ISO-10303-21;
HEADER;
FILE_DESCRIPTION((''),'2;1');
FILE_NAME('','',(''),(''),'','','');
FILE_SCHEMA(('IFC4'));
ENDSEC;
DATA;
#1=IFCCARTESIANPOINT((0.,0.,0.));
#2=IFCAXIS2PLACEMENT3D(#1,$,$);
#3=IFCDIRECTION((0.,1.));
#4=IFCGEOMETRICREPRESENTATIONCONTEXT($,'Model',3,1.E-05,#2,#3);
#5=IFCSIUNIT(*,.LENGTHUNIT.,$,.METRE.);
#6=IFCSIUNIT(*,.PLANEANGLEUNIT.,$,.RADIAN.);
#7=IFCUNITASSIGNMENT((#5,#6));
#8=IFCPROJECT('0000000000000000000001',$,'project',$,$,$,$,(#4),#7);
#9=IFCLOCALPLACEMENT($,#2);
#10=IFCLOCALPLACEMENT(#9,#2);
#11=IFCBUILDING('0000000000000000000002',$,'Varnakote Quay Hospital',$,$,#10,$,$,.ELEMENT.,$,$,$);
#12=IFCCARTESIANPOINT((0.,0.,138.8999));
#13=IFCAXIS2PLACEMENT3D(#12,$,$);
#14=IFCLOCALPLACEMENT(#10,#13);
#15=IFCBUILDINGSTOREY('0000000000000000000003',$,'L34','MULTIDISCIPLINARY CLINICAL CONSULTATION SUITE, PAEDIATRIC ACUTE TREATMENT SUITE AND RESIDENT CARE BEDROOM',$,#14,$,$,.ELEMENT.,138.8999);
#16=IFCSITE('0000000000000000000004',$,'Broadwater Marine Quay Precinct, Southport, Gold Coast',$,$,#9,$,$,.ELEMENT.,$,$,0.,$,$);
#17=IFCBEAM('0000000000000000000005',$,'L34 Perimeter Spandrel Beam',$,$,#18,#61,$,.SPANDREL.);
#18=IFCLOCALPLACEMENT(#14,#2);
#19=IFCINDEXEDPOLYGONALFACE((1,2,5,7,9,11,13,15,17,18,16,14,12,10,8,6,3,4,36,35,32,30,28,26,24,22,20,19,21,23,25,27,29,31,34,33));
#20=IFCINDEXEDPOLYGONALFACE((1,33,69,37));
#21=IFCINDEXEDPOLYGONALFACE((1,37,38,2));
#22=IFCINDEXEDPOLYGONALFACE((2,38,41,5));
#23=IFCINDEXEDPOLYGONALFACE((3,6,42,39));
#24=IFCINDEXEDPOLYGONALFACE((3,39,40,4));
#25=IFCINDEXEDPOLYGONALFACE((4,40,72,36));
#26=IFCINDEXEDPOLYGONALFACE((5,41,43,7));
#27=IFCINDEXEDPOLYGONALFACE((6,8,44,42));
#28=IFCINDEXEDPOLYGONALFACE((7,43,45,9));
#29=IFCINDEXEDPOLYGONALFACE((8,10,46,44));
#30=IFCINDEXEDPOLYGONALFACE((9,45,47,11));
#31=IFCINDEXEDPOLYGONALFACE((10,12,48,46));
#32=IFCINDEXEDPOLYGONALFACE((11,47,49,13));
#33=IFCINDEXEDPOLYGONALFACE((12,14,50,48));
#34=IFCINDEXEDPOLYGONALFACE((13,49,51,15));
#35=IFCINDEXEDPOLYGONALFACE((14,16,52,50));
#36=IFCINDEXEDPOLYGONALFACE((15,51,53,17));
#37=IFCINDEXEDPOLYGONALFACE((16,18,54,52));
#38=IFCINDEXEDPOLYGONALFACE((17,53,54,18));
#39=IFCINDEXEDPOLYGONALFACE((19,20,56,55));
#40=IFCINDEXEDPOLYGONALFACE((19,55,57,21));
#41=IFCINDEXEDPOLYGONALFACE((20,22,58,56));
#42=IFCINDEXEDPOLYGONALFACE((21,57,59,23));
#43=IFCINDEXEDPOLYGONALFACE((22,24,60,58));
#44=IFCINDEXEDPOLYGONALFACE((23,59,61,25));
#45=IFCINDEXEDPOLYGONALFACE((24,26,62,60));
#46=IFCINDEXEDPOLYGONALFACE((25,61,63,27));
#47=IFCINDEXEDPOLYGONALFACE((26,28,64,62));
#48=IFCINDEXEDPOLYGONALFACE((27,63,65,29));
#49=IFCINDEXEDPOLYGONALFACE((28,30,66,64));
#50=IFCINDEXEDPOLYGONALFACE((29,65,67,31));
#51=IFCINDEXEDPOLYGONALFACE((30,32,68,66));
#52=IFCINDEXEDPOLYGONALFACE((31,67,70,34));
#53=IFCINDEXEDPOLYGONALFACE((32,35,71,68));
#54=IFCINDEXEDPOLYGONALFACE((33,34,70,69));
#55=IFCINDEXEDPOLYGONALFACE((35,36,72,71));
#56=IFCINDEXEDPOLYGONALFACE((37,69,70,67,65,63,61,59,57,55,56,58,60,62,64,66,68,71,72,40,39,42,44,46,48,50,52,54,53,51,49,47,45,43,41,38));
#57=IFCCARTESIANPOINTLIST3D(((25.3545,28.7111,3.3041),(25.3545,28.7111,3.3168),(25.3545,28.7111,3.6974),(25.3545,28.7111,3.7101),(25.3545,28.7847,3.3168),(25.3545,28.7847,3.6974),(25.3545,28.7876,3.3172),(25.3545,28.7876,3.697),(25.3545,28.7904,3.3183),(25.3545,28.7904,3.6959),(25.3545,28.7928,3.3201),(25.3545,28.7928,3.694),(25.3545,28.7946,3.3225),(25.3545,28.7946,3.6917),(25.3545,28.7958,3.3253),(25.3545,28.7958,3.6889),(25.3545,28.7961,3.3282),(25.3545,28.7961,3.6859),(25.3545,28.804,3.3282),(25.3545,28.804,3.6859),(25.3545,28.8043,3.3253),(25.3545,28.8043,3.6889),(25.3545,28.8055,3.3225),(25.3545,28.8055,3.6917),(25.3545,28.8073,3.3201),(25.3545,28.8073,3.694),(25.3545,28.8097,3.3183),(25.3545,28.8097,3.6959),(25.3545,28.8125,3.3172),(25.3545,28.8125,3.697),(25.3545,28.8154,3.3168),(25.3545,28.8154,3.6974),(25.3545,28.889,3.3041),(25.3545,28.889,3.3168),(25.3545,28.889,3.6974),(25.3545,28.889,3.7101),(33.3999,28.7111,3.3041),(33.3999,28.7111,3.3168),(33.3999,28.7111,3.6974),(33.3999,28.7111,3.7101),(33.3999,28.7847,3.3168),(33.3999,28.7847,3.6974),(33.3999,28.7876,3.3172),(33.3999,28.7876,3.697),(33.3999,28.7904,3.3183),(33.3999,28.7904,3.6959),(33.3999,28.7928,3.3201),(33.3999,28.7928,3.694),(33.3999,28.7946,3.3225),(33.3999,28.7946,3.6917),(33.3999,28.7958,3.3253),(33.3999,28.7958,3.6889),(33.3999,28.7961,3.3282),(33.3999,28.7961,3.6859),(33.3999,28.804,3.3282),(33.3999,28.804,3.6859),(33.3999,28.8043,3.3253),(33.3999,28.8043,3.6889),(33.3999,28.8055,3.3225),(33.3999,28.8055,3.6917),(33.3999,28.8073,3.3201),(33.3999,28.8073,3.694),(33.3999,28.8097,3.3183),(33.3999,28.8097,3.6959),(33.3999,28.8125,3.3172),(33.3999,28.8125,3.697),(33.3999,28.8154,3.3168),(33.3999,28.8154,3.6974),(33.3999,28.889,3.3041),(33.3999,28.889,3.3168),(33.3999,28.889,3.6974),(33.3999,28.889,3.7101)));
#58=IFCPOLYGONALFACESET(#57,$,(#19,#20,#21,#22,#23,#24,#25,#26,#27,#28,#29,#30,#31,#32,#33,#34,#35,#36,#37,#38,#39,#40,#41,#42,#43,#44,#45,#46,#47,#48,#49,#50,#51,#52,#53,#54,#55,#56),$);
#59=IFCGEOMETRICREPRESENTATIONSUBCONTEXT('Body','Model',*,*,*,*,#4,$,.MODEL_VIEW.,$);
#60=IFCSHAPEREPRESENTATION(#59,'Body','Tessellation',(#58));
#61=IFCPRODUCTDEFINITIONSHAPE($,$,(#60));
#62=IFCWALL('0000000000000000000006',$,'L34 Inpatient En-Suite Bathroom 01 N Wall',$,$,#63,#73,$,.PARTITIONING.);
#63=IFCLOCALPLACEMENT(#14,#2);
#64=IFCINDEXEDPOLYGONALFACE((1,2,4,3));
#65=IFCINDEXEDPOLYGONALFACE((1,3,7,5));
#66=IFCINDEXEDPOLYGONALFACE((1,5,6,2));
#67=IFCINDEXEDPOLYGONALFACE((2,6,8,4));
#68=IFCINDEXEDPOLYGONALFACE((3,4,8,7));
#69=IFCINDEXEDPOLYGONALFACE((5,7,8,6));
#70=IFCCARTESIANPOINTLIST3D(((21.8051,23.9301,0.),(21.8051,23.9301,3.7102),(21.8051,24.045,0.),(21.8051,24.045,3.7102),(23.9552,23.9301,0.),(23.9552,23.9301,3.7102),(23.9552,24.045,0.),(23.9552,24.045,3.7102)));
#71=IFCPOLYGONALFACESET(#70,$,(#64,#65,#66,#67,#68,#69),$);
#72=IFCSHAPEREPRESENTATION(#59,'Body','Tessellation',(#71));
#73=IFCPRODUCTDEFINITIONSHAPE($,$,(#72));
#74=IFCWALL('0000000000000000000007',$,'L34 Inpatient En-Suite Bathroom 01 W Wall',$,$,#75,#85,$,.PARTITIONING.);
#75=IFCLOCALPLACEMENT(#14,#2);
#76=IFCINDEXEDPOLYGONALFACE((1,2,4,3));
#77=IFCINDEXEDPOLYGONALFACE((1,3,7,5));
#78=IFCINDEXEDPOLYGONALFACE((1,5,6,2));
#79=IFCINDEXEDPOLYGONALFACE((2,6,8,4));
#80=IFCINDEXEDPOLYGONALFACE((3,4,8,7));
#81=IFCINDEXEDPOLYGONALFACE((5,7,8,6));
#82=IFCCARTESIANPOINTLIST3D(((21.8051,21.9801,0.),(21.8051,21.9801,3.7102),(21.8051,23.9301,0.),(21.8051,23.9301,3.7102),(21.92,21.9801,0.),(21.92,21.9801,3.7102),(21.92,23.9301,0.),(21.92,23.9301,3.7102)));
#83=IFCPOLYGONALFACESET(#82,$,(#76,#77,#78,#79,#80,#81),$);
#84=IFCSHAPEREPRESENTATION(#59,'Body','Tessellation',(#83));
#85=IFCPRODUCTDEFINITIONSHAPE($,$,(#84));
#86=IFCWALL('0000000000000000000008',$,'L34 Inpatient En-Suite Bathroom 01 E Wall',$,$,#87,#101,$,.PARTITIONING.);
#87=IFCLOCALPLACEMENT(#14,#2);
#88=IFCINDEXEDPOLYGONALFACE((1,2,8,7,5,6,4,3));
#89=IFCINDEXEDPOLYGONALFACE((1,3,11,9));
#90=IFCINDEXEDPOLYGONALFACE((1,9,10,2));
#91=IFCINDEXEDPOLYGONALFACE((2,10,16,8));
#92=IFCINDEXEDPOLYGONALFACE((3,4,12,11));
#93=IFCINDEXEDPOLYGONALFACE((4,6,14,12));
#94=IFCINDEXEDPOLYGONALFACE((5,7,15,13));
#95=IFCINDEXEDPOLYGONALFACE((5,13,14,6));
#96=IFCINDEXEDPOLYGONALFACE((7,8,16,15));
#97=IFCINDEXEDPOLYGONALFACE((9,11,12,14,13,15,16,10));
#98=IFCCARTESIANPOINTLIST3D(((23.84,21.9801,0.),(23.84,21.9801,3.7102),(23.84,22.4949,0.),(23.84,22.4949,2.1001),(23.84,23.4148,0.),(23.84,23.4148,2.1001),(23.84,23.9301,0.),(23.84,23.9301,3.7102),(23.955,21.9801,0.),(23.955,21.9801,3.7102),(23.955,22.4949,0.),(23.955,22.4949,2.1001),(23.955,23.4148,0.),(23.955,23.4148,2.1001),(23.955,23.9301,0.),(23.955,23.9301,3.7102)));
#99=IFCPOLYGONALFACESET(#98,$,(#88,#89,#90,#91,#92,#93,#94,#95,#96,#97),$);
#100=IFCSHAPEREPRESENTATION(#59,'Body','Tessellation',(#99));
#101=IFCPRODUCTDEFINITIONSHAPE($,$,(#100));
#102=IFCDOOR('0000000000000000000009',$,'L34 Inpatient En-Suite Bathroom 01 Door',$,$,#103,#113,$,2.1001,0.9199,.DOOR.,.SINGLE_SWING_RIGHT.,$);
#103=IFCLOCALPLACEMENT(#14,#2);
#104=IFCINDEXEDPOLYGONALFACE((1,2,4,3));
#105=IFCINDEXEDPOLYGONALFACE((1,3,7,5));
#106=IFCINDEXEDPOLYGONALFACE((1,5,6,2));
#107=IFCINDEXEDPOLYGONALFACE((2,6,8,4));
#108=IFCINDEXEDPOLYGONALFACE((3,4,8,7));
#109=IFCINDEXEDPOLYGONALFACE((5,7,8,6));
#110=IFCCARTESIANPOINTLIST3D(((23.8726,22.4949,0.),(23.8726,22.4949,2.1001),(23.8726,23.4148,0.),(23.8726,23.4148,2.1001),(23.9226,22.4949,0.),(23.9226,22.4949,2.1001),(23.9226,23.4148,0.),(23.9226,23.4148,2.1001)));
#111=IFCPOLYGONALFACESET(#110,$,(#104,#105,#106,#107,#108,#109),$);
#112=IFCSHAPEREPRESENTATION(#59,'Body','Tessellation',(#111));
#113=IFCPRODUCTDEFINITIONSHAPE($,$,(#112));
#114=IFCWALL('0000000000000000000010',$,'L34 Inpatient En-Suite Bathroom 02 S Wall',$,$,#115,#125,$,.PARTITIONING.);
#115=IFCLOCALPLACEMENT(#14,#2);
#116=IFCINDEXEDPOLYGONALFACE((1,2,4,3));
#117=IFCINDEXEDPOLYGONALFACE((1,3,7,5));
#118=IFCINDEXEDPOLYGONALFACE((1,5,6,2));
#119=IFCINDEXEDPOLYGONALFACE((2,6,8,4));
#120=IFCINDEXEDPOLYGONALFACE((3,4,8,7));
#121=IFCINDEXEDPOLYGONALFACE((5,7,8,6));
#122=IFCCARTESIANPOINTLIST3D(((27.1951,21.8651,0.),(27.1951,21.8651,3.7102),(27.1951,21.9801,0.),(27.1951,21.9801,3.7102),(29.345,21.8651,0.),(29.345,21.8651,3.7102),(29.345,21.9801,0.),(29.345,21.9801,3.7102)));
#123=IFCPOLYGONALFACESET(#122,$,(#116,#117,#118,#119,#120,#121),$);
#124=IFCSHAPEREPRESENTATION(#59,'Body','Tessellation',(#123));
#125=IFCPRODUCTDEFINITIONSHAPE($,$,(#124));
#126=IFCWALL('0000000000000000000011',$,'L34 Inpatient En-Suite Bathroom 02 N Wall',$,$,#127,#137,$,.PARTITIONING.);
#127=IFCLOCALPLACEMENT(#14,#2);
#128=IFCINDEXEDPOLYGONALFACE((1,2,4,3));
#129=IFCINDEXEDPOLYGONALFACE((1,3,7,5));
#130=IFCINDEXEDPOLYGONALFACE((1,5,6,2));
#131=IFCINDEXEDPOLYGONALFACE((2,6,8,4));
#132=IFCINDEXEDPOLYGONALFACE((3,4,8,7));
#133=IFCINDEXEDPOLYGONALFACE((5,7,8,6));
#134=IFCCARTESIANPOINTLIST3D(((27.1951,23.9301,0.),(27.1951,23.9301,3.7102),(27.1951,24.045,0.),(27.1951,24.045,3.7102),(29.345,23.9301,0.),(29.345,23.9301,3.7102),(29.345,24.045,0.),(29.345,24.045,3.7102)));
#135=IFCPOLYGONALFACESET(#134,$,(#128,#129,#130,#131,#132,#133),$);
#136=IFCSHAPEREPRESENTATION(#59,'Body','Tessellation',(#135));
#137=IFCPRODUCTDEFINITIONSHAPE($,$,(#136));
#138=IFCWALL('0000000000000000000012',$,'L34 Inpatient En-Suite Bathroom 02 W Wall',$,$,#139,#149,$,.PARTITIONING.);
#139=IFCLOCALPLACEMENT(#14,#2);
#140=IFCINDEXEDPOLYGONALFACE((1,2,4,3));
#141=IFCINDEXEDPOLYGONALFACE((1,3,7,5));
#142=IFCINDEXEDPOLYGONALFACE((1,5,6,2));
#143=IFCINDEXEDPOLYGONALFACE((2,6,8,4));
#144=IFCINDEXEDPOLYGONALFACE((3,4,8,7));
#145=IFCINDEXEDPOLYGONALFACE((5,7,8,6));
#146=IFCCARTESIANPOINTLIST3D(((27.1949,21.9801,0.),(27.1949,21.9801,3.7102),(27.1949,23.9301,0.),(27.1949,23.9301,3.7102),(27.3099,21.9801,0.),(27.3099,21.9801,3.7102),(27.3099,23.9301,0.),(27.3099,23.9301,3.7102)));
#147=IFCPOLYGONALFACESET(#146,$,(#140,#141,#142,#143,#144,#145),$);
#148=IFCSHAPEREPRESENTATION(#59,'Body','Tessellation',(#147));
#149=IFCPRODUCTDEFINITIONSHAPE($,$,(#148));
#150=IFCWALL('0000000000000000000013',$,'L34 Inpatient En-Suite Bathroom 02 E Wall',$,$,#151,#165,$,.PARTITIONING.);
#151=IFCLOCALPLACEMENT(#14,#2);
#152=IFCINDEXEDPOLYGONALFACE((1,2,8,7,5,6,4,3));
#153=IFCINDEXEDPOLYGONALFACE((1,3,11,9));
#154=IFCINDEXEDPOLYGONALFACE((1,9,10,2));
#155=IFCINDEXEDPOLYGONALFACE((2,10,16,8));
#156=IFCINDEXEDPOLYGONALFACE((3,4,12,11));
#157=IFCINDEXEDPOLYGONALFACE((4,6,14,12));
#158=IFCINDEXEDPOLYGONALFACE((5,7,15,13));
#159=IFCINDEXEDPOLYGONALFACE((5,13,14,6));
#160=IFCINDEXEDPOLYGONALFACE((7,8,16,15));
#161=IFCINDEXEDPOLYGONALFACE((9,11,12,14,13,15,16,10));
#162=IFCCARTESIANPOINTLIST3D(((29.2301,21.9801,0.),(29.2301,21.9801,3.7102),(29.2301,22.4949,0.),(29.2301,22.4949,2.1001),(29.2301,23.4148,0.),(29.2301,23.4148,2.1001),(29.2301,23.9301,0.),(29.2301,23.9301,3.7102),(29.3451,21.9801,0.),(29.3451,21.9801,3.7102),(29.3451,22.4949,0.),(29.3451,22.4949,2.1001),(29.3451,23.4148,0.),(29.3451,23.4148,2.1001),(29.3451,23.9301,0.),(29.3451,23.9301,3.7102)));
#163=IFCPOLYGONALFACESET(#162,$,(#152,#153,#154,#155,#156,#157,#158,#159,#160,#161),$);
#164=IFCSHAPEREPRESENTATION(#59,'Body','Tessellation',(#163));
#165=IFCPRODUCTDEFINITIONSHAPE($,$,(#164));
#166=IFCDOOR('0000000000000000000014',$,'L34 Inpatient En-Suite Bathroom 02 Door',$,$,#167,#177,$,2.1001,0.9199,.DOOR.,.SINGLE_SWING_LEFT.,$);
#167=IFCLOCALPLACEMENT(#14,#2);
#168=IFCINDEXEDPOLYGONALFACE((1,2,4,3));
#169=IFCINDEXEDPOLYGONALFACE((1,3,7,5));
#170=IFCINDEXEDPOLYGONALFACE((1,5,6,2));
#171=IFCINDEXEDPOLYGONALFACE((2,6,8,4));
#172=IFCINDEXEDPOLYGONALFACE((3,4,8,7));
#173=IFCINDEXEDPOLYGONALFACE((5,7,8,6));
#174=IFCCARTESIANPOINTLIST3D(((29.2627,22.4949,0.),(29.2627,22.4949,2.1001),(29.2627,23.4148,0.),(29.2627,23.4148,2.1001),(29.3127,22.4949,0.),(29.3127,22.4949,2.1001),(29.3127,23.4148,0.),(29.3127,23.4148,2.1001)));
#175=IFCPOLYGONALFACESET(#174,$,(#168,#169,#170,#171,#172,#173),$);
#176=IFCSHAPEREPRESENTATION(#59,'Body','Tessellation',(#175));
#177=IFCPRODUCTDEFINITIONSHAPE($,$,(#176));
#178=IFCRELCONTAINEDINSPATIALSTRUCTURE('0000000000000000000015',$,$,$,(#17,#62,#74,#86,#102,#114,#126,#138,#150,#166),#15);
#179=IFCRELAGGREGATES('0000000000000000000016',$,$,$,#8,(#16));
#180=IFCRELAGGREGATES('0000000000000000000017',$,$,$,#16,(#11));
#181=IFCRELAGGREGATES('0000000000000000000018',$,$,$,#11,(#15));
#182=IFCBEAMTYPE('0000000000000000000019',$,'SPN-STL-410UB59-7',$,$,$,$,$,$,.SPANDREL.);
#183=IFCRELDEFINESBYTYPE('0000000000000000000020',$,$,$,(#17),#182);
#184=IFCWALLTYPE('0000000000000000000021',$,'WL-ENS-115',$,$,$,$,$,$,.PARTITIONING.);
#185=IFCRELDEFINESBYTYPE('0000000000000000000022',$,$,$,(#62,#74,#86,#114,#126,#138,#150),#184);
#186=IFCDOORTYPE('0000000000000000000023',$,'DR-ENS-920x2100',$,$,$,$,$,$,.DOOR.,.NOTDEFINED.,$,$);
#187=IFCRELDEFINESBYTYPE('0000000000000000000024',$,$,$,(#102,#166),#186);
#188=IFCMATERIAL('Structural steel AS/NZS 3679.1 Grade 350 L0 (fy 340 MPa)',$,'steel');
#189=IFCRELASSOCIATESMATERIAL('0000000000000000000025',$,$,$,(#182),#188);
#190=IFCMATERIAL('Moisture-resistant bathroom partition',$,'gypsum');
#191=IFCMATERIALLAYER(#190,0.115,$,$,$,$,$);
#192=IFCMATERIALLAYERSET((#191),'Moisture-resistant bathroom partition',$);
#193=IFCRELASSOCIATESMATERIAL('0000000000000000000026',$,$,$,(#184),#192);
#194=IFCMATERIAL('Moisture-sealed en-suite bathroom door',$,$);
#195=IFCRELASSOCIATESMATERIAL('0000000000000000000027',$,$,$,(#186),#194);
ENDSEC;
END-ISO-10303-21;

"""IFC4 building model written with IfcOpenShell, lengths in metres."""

from ifc_helpers import new_model, si_unit, direction, frame, frame_2d, origin, origin_2d, place, context, subcontext, project, spatial, rectangle, i_section, extrude, material, layer, layer_set, material_profile, profile_set, type_object, element, fill, save


model = new_model("IFC4")

# Units and contexts
model_context = context("Model", 3, precision=1e-05, world=origin(), true_north=direction((0.0, 1.0)))
body_context = subcontext(model_context, "Body", "Model", "MODEL_VIEW")
ifc_project = project(units=[si_unit("LENGTHUNIT", "METRE"), si_unit("PLANEANGLEUNIT", "RADIAN")], contexts=[model_context])

# Site, building, storey
site_placement = place(None, origin())
site = spatial("IfcSite", under=ifc_project, at=site_placement, Name="Broadwater Marine Quay Precinct, Southport, Gold Coast", CompositionType="ELEMENT", RefElevation=0.0)
building_placement = place(site_placement, origin())
building = spatial("IfcBuilding", under=site, at=building_placement, Name="Varnakote Quay Hospital", CompositionType="ELEMENT")
storey_placement = place(building_placement, frame((0.0, 0.0, 138.8999)))
storey = spatial("IfcBuildingStorey", under=building, at=storey_placement, Name="L34", Description="MULTIDISCIPLINARY CLINICAL CONSULTATION SUITE, PAEDIATRIC ACUTE TREATMENT SUITE AND RESIDENT CARE BEDROOM", CompositionType="ELEMENT", Elevation=138.8999)

# Beam
ifc_material_1 = material(Name="Structural steel AS/NZS 3679.1 Grade 350 L0 (fy 340 MPa)", Category="steel")
ifc_material_profile_1 = material_profile(ifc_material_1, i_section(OverallWidth=0.178, OverallDepth=0.406, WebThickness=0.0078, FlangeThickness=0.0127, FilletRadius=0.0115, at=origin_2d()), Name="410UB59.7")
ifc_profile_set_1 = profile_set([ifc_material_profile_1], Name="Structural steel AS/NZS 3679.1 Grade 350 L0 (fy 340 MPa)")
beam_type_1 = type_object("IfcBeamType", Name="SPN-STL-410UB59-7", PredefinedType="SPANDREL", material=ifc_profile_set_1)
beam_1_placement = place(storey_placement, frame((25.3545, 28.8, 3.5071), z_axis=(1.0, 0.0, 0.0), x_axis=(0.0, 1.0, 0.0)))
element("IfcBeam", 1, at=beam_1_placement, inside=storey, type_object=beam_type_1, Name="L34 Perimeter Spandrel Beam", PredefinedType="SPANDREL", context=body_context, shape_type="SweptSolid", body=[
    extrude(i_section(OverallWidth=0.178, OverallDepth=0.406, WebThickness=0.0078, FlangeThickness=0.0127, FilletRadius=0.0115, at=origin_2d()), origin(), (0.0, 0.0, 1.0), 8.0454),
])

# Walls
ifc_material_2 = material(Name="Moisture-resistant bathroom partition", Category="gypsum")
ifc_layer_1 = layer(ifc_material_2, 0.115)
ifc_layer_set_1 = layer_set([ifc_layer_1], Name="Moisture-resistant bathroom partition")
wall_type_1 = type_object("IfcWallType", Name="WL-ENS-115", PredefinedType="PARTITIONING", material=ifc_layer_set_1)
wall_1_placement = place(storey_placement, frame((21.8049, 23.9875, 0.0), z_axis=(0.0, 0.0, 1.0), x_axis=(1.0, 0.0, 0.0)))
element("IfcWall", 2, at=wall_1_placement, inside=storey, type_object=wall_type_1, Name="L34 Inpatient En-Suite Bathroom 01 N Wall", PredefinedType="PARTITIONING", context=body_context, shape_type="SweptSolid", body=[
    extrude(rectangle(XDim=2.1501, YDim=0.115, at=frame_2d((1.0752, 0.0))), origin(), (0.0, 0.0, 1.0), 3.7102),
])
wall_2_placement = place(storey_placement, frame((21.8625, 21.98, 0.0), z_axis=(0.0, 0.0, 1.0), x_axis=(0.0, 1.0, 0.0)))
element("IfcWall", 3, at=wall_2_placement, inside=storey, type_object=wall_type_1, Name="L34 Inpatient En-Suite Bathroom 01 W Wall", PredefinedType="PARTITIONING", context=body_context, shape_type="SweptSolid", body=[
    extrude(rectangle(XDim=1.95, YDim=0.115, at=frame_2d((0.9751, 0.0))), origin(), (0.0, 0.0, 1.0), 3.7102),
])

# Wall, opening, door
wall_3_placement = place(storey_placement, frame((23.8975, 21.98, 0.0), z_axis=(0.0, 0.0, 1.0), x_axis=(0.0, 1.0, 0.0)))
wall_3 = element("IfcWall", 4, at=wall_3_placement, inside=storey, type_object=wall_type_1, Name="L34 Inpatient En-Suite Bathroom 01 E Wall", PredefinedType="PARTITIONING", context=body_context, shape_type="SweptSolid", body=[
    extrude(rectangle(XDim=1.95, YDim=0.115, at=frame_2d((0.9751, 0.0))), origin(), (0.0, 0.0, 1.0), 3.7102),
])
opening_1_placement = place(wall_3_placement, frame((0.5149, 0.0, 0.0)))
opening_1 = element("IfcOpeningElement", 5, at=opening_1_placement, cuts=wall_3, PredefinedType="OPENING", context=body_context, shape_type="SweptSolid", body=[
    extrude(rectangle(XDim=0.9199, YDim=2.1001, at=frame_2d((0.46, 1.05))), frame((0.0, 0.0674, 0.0), z_axis=(0.0, -1.0, 0.0), x_axis=(1.0, 0.0, 0.0)), (0.0, 0.0, 1.0), 0.135),
])
ifc_material_3 = material(Name="Moisture-sealed en-suite bathroom door")
door_type_1 = type_object("IfcDoorType", Name="DR-ENS-920x2100", OperationType="NOTDEFINED", PredefinedType="DOOR", material=ifc_material_3)
door_1_placement = place(opening_1_placement, origin())
door_1 = element("IfcDoor", 6, at=door_1_placement, inside=storey, type_object=door_type_1, Name="L34 Inpatient En-Suite Bathroom 01 Door", OperationType="SINGLE_SWING_RIGHT", OverallHeight=2.1001, OverallWidth=0.9199, PredefinedType="DOOR", context=body_context, shape_type="SweptSolid", body=[
    extrude(rectangle(XDim=0.9199, YDim=2.1001, at=frame_2d((0.46, 1.05))), frame((0.0, 0.0249, 0.0), z_axis=(0.0, -1.0, 0.0), x_axis=(1.0, 0.0, 0.0)), (0.0, 0.0, 1.0), 0.05),
])
fill(opening_1, door_1)

# Walls
for number, where, z_axis, x_axis, name in (
    (7, (27.1951, 21.9226, 0.0), (0.0, 0.0, 1.0), (1.0, 0.0, 0.0), "L34 Inpatient En-Suite Bathroom 02 S Wall"),
    (8, (27.1951, 23.9875, 0.0), (0.0, 0.0, 1.0), (1.0, 0.0, 0.0), "L34 Inpatient En-Suite Bathroom 02 N Wall"),
):
    element("IfcWall", number, at=place(storey_placement, frame(where, z_axis=z_axis, x_axis=x_axis)), inside=storey, type_object=wall_type_1, Name=name, PredefinedType="PARTITIONING", context=body_context, shape_type="SweptSolid", body=[
        extrude(rectangle(XDim=2.1499, YDim=0.115, at=frame_2d((1.075, 0.0))), origin(), (0.0, 0.0, 1.0), 3.7102),
    ])
wall_4_placement = place(storey_placement, frame((27.2524, 21.98, 0.0), z_axis=(0.0, 0.0, 1.0), x_axis=(0.0, 1.0, 0.0)))
element("IfcWall", 9, at=wall_4_placement, inside=storey, type_object=wall_type_1, Name="L34 Inpatient En-Suite Bathroom 02 W Wall", PredefinedType="PARTITIONING", context=body_context, shape_type="SweptSolid", body=[
    extrude(rectangle(XDim=1.95, YDim=0.115, at=frame_2d((0.9751, 0.0))), origin(), (0.0, 0.0, 1.0), 3.7102),
])

# Wall, opening, door
wall_5_placement = place(storey_placement, frame((29.2876, 21.98, 0.0), z_axis=(0.0, 0.0, 1.0), x_axis=(0.0, 1.0, 0.0)))
wall_5 = element("IfcWall", 10, at=wall_5_placement, inside=storey, type_object=wall_type_1, Name="L34 Inpatient En-Suite Bathroom 02 E Wall", PredefinedType="PARTITIONING", context=body_context, shape_type="SweptSolid", body=[
    extrude(rectangle(XDim=1.95, YDim=0.115, at=frame_2d((0.9751, 0.0))), origin(), (0.0, 0.0, 1.0), 3.7102),
])
opening_2_placement = place(wall_5_placement, frame((0.5149, 0.0, 0.0)))
opening_2 = element("IfcOpeningElement", 11, at=opening_2_placement, cuts=wall_5, PredefinedType="OPENING", context=body_context, shape_type="SweptSolid", body=[
    extrude(rectangle(XDim=0.9199, YDim=2.1001, at=frame_2d((0.46, 1.05))), frame((0.0, 0.0674, 0.0), z_axis=(0.0, -1.0, 0.0), x_axis=(1.0, 0.0, 0.0)), (0.0, 0.0, 1.0), 0.135),
])
door_2_placement = place(opening_2_placement, origin())
door_2 = element("IfcDoor", 12, at=door_2_placement, inside=storey, type_object=door_type_1, Name="L34 Inpatient En-Suite Bathroom 02 Door", OperationType="SINGLE_SWING_LEFT", OverallHeight=2.1001, OverallWidth=0.9199, PredefinedType="DOOR", context=body_context, shape_type="SweptSolid", body=[
    extrude(rectangle(XDim=0.9199, YDim=2.1001, at=frame_2d((0.46, 1.05))), frame((0.0, 0.0249, 0.0), z_axis=(0.0, -1.0, 0.0), x_axis=(1.0, 0.0, 0.0)), (0.0, 0.0, 1.0), 0.05),
])
fill(opening_2, door_2)

save(model, "model.ifc")
